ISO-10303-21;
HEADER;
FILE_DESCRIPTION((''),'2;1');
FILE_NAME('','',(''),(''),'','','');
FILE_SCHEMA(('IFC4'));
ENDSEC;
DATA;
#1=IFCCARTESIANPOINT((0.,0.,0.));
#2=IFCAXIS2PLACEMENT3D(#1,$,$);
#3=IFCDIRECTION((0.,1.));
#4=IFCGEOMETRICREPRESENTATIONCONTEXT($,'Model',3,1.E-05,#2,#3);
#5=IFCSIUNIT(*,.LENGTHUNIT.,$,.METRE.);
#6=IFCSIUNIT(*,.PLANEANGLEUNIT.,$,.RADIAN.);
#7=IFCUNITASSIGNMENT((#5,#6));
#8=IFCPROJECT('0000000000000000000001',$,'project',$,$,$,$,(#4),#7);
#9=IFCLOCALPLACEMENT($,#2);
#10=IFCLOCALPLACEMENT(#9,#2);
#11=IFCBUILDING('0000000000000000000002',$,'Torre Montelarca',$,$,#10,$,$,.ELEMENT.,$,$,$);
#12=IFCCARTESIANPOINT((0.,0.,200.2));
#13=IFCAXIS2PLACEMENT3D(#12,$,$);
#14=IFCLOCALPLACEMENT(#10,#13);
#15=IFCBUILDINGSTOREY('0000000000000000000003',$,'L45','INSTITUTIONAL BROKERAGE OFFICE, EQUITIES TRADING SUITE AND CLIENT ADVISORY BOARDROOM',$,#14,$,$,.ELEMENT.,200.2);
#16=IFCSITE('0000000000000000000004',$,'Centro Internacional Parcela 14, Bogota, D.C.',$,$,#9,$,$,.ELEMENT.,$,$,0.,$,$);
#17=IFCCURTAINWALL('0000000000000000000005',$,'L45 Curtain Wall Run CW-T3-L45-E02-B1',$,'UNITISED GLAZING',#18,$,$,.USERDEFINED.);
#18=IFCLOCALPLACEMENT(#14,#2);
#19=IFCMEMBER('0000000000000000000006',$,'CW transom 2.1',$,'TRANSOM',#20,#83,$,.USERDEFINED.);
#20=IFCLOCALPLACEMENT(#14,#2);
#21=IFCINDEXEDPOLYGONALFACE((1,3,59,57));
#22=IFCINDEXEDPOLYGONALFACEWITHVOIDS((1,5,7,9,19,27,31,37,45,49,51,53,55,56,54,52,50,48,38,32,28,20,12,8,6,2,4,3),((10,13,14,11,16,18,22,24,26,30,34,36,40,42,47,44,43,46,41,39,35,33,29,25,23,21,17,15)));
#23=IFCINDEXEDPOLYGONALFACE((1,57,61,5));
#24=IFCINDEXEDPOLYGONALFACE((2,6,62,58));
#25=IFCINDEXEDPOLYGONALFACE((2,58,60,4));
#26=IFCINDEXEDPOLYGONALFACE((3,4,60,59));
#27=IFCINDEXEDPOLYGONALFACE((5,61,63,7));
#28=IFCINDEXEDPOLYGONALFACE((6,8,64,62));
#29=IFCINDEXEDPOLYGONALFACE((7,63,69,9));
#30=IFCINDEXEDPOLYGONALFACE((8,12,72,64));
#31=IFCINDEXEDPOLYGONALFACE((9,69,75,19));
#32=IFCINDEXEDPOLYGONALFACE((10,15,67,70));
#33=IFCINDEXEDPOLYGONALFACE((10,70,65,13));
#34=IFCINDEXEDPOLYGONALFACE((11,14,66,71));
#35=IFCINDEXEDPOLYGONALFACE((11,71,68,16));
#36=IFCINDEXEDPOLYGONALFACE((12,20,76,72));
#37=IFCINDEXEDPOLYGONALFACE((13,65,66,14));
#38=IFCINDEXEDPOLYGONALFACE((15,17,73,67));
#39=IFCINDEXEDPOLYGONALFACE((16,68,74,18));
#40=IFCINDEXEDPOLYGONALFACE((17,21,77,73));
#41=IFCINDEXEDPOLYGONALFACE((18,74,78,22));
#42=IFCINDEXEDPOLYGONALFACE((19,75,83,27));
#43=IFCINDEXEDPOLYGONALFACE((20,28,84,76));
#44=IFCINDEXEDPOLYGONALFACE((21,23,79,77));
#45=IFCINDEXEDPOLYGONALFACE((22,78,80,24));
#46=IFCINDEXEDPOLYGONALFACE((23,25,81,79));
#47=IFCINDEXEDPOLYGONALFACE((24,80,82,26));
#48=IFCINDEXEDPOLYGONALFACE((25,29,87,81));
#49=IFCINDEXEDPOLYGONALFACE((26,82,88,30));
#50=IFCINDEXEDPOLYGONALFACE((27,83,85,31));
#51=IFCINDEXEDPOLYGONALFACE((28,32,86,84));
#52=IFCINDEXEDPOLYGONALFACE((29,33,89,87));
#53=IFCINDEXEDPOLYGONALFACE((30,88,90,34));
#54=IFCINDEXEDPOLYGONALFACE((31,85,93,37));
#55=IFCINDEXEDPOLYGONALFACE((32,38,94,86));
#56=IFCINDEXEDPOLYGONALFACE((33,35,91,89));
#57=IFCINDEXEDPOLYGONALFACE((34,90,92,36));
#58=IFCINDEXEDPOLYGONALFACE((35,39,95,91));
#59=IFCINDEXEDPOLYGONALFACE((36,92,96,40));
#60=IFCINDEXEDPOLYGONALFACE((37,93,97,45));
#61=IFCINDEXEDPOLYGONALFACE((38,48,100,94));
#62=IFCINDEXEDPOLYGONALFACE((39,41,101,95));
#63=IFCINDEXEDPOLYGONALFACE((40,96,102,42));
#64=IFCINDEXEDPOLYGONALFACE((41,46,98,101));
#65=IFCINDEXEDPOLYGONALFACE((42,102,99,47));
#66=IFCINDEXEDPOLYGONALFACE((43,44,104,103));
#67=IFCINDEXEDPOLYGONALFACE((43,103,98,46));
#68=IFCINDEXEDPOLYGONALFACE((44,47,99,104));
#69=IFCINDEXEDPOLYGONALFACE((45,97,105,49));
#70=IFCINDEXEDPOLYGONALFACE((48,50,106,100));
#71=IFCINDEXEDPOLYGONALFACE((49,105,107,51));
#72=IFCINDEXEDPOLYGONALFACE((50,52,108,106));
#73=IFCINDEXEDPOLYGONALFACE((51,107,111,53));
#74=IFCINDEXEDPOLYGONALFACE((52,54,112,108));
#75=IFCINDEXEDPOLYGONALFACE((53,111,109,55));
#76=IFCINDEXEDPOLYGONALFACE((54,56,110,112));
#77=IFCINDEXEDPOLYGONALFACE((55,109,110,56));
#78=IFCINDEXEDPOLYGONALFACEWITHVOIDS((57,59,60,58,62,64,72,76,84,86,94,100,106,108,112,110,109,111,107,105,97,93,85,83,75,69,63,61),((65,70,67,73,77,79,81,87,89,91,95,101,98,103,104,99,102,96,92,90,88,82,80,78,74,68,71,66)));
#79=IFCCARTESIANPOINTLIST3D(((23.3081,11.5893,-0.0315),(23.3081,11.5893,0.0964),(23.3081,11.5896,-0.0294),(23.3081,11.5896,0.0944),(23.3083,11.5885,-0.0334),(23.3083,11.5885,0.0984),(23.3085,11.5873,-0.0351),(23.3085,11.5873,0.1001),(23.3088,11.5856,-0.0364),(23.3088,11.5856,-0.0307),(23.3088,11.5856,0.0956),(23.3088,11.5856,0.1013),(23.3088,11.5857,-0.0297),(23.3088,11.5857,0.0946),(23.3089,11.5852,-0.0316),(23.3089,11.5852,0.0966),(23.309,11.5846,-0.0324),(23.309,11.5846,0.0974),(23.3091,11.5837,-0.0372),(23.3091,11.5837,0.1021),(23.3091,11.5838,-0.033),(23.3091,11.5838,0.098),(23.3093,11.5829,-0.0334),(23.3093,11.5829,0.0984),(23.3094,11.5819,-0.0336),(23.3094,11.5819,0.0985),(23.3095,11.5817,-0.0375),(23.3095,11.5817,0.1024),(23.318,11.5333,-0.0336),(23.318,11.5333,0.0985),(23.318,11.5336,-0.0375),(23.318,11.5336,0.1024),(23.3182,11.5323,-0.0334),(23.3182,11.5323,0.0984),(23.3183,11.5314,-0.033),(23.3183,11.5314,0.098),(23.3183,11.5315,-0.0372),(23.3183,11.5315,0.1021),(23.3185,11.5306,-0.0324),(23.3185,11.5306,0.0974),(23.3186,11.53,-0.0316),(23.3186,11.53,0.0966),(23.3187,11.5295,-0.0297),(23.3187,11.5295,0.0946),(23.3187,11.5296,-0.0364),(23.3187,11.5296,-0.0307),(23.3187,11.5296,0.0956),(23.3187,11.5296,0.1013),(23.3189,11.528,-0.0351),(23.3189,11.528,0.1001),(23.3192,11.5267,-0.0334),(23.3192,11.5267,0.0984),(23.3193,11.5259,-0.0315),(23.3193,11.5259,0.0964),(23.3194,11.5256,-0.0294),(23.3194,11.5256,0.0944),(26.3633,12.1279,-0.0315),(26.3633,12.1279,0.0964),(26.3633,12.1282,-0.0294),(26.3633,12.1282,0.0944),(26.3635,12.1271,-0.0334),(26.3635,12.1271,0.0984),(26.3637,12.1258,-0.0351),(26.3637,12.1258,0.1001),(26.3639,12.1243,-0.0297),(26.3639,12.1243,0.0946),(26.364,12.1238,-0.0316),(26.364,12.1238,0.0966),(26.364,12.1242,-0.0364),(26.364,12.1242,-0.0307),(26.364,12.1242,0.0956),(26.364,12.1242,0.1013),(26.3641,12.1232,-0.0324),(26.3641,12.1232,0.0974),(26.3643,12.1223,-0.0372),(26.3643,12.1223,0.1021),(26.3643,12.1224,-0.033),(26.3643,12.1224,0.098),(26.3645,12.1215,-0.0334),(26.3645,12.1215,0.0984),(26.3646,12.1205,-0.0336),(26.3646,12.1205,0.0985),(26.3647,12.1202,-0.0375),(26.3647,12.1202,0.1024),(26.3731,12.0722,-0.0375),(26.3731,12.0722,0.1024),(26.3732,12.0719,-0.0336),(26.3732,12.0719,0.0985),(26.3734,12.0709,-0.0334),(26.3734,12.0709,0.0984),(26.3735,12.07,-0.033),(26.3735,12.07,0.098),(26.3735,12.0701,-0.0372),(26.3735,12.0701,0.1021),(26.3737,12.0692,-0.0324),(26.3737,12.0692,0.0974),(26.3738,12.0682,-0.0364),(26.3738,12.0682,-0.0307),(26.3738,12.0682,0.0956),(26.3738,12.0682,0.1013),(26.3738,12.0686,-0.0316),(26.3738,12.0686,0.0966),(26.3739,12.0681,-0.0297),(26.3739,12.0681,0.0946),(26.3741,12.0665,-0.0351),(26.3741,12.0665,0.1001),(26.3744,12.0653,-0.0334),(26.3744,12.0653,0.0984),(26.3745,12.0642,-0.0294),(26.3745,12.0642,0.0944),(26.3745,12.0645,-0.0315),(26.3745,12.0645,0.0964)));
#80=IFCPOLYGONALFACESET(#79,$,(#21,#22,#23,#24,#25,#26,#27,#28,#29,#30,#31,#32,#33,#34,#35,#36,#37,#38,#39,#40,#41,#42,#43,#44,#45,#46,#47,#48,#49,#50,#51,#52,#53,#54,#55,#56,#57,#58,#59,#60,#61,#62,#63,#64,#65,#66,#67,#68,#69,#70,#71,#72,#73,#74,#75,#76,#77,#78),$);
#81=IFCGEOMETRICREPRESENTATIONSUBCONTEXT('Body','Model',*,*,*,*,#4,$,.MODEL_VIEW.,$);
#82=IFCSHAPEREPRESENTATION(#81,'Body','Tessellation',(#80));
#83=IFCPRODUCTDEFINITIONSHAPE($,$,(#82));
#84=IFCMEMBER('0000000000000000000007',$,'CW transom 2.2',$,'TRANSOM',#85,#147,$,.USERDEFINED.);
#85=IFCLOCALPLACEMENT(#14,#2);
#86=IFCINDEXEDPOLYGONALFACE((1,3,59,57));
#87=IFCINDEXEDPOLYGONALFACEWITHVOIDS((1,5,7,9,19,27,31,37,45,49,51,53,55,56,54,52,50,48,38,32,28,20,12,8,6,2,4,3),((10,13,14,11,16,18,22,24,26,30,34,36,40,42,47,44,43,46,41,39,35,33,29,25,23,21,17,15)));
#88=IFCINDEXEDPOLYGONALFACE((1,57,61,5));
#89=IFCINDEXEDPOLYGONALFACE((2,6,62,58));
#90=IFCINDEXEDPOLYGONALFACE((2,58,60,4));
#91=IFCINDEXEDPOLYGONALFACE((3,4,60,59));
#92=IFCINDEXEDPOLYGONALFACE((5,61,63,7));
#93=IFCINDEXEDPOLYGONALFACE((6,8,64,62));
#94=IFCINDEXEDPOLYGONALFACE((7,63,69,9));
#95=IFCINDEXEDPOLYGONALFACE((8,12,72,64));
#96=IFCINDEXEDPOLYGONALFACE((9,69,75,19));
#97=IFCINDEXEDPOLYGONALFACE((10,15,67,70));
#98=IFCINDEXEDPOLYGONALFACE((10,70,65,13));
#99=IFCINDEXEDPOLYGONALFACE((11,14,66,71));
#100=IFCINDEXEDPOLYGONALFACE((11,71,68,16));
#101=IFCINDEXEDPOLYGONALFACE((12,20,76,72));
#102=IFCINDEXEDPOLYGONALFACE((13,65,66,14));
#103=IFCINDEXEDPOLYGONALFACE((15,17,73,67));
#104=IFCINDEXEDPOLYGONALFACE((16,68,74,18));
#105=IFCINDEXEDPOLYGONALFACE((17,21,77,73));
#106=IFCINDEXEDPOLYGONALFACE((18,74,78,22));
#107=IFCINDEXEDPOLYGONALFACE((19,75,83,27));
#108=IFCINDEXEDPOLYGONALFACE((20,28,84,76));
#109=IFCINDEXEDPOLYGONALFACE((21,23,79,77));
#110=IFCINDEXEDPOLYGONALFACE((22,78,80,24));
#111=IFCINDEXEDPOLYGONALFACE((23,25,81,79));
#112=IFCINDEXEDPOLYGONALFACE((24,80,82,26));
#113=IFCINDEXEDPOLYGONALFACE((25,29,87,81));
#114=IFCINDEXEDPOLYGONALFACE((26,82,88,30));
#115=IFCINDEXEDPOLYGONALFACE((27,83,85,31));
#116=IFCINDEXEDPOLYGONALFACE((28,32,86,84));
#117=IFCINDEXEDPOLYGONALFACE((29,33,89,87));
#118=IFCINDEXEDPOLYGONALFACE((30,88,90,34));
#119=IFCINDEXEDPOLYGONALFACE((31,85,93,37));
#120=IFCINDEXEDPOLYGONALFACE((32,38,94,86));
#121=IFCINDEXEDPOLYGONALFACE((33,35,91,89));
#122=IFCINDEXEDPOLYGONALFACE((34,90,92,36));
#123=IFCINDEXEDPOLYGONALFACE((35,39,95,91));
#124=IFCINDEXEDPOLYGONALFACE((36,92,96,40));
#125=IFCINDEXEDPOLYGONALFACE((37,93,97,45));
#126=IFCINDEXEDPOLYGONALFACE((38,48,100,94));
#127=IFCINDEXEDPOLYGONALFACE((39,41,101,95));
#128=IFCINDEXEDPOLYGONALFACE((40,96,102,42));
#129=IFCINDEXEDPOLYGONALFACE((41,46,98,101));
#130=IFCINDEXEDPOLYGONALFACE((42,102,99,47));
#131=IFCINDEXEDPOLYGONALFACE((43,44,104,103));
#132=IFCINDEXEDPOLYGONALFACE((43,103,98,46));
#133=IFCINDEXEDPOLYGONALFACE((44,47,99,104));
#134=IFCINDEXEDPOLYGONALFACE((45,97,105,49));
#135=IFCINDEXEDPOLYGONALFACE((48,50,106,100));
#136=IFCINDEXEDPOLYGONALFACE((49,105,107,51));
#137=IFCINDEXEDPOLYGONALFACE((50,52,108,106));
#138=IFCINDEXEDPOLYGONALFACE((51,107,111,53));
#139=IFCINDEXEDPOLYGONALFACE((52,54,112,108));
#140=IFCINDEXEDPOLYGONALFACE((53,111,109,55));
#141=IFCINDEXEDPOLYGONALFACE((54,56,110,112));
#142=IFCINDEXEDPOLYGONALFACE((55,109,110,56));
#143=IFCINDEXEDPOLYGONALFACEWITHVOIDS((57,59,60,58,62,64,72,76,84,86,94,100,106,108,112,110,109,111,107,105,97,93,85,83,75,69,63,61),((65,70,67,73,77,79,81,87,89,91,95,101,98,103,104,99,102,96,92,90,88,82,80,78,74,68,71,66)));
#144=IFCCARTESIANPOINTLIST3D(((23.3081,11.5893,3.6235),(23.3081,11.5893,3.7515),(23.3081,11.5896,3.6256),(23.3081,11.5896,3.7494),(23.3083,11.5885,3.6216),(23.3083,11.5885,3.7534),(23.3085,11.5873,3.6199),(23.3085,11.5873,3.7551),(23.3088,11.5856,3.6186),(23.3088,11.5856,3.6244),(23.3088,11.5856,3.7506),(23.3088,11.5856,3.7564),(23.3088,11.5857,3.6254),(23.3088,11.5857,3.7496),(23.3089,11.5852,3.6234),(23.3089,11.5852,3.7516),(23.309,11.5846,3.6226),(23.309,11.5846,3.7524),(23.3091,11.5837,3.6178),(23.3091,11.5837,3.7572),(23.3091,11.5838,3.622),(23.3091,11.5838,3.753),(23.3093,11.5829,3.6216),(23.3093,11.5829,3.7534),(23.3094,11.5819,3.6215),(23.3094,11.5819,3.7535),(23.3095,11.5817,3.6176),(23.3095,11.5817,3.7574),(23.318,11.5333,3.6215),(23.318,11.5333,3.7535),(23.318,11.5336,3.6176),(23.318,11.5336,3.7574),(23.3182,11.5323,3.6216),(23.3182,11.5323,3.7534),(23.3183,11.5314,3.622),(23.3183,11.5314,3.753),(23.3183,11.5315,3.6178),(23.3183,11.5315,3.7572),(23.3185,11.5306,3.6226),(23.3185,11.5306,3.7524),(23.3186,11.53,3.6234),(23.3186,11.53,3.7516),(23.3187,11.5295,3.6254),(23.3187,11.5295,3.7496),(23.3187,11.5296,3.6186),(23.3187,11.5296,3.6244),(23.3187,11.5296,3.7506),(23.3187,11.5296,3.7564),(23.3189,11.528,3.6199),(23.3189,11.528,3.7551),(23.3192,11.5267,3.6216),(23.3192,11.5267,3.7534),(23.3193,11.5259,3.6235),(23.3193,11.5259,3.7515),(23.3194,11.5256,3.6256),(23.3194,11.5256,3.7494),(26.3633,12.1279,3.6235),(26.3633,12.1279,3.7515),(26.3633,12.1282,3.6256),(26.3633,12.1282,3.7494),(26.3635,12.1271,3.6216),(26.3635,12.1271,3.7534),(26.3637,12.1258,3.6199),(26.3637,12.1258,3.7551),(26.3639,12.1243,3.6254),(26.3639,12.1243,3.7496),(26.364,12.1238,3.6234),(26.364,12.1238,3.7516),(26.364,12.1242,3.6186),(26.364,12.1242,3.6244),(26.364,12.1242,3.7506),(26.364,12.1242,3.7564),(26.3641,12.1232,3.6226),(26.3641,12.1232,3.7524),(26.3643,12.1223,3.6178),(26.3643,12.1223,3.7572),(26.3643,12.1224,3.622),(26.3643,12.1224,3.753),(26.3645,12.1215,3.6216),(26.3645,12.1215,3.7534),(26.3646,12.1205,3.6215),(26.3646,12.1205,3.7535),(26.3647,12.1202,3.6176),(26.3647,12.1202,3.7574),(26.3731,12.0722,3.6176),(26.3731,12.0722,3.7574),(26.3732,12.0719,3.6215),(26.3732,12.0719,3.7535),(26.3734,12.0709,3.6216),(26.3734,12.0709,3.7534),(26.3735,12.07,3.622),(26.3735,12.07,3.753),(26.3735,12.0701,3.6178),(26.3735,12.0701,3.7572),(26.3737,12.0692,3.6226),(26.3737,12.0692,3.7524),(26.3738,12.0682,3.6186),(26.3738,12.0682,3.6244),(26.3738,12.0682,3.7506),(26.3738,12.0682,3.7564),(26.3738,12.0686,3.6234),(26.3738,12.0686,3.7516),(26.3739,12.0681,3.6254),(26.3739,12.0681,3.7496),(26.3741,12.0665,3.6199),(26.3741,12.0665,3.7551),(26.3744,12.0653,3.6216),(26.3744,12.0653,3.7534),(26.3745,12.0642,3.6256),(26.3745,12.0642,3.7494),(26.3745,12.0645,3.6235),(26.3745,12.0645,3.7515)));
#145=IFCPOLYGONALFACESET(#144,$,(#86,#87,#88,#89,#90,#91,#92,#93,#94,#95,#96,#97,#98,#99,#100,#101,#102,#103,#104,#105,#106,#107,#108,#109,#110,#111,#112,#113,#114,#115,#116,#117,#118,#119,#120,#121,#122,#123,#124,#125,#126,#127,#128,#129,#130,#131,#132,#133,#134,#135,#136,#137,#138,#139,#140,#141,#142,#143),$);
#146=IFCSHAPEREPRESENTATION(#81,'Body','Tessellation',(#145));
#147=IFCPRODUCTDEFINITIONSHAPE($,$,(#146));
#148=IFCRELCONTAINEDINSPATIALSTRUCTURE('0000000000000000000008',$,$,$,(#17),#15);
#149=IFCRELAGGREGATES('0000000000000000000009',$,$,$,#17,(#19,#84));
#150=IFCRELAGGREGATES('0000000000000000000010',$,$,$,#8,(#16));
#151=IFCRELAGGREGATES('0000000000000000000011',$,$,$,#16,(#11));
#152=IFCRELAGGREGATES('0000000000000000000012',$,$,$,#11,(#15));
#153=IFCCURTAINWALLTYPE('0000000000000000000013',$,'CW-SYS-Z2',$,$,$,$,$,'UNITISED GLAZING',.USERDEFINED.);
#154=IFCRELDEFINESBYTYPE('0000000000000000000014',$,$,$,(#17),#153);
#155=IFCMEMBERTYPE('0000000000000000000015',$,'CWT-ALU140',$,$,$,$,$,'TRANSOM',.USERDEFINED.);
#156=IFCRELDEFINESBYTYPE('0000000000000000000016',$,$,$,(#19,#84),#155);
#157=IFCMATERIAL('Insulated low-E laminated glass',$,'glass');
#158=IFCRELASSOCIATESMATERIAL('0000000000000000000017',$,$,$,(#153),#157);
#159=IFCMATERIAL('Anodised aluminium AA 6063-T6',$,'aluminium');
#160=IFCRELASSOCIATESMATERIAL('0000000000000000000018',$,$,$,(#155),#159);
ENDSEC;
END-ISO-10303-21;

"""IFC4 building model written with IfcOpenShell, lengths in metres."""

from ifc_helpers import new_model, si_unit, direction, frame, origin, origin_2d, place, context, subcontext, project, spatial, hollow_rectangle, extrude, source, transform, mapped, material, material_profile, profile_set, type_object, element, aggregate, save


model = new_model("IFC4")

# Units and contexts
model_context = context("Model", 3, precision=1e-05, world=origin(), true_north=direction((0.0, 1.0)))
body_context = subcontext(model_context, "Body", "Model", "MODEL_VIEW")
ifc_project = project(units=[si_unit("LENGTHUNIT", "METRE"), si_unit("PLANEANGLEUNIT", "RADIAN")], contexts=[model_context])

# Site, building, storey
site_placement = place(None, origin())
site = spatial("IfcSite", under=ifc_project, at=site_placement, Name="Centro Internacional Parcela 14, Bogota, D.C.", CompositionType="ELEMENT", RefElevation=0.0)
building_placement = place(site_placement, origin())
building = spatial("IfcBuilding", under=site, at=building_placement, Name="Torre Montelarca", CompositionType="ELEMENT")
storey_placement = place(building_placement, frame((0.0, 0.0, 200.2)))
storey = spatial("IfcBuildingStorey", under=building, at=storey_placement, Name="L45", Description="INSTITUTIONAL BROKERAGE OFFICE, EQUITIES TRADING SUITE AND CLIENT ADVISORY BOARDROOM", CompositionType="ELEMENT", Elevation=200.2)

# Curtain wall, members
ifc_material_1 = material(Name="Insulated low-E laminated glass", Category="glass")
curtain_wall_type = type_object("IfcCurtainWallType", Name="CW-SYS-Z2", ElementType="UNITISED GLAZING", PredefinedType="USERDEFINED", material=ifc_material_1)
curtain_wall_1_placement = place(storey_placement, origin())
curtain_wall_1 = element("IfcCurtainWall", 1, at=curtain_wall_1_placement, inside=storey, type_object=curtain_wall_type, Name="L45 Curtain Wall Run CW-T3-L45-E02-B1", ObjectType="UNITISED GLAZING", PredefinedType="USERDEFINED")
ifc_material_2 = material(Name="Anodised aluminium AA 6063-T6", Category="aluminium")
ifc_material_profile_1 = material_profile(ifc_material_2, hollow_rectangle(XDim=0.0649, YDim=0.1399, WallThickness=0.0039, InnerFilletRadius=0.0039, OuterFilletRadius=0.0081, at=origin_2d()), Name="ALU65X140X4", Category="aluminium")
ifc_profile_set_1 = profile_set([ifc_material_profile_1], Name="Anodised aluminium AA 6063-T6")
member_type_1 = type_object("IfcMemberType", Name="CWT-ALU140", ElementType="TRANSOM", PredefinedType="USERDEFINED", material=ifc_profile_set_1)
shared_shape_1 = source(origin(), body_context, "Body", "SweptSolid", [
    extrude(hollow_rectangle(XDim=0.0649, YDim=0.1399, WallThickness=0.0039, InnerFilletRadius=0.0039, OuterFilletRadius=0.0081, at=origin_2d()), origin(), (0.0, 0.0, 1.0), 3.1023),
])
member_1_placement = place(storey_placement, frame((23.3137, 11.5576, 0.0325), z_axis=(0.984815, 0.173606, 0.0), x_axis=(-0.173606, 0.984815, 0.0)))
member_1 = element("IfcMember", 2, at=member_1_placement, type_object=member_type_1, Name="CW transom 2.1", ObjectType="TRANSOM", PredefinedType="USERDEFINED", context=body_context, shape_type="MappedRepresentation", body=[
    mapped(shared_shape_1, transform((0.0, 0.0, 0.0), scale=1.0)),
])
member_2_placement = place(storey_placement, frame((23.3137, 11.5576, 3.6875), z_axis=(0.984815, 0.173606, 0.0), x_axis=(-0.173606, 0.984815, 0.0)))
member_2 = element("IfcMember", 3, at=member_2_placement, type_object=member_type_1, Name="CW transom 2.2", ObjectType="TRANSOM", PredefinedType="USERDEFINED", context=body_context, shape_type="MappedRepresentation", body=[
    mapped(shared_shape_1, transform((0.0, 0.0, 0.0), scale=1.0)),
])

aggregate(curtain_wall_1, [member_1, member_2])

save(model, "model.ifc")
